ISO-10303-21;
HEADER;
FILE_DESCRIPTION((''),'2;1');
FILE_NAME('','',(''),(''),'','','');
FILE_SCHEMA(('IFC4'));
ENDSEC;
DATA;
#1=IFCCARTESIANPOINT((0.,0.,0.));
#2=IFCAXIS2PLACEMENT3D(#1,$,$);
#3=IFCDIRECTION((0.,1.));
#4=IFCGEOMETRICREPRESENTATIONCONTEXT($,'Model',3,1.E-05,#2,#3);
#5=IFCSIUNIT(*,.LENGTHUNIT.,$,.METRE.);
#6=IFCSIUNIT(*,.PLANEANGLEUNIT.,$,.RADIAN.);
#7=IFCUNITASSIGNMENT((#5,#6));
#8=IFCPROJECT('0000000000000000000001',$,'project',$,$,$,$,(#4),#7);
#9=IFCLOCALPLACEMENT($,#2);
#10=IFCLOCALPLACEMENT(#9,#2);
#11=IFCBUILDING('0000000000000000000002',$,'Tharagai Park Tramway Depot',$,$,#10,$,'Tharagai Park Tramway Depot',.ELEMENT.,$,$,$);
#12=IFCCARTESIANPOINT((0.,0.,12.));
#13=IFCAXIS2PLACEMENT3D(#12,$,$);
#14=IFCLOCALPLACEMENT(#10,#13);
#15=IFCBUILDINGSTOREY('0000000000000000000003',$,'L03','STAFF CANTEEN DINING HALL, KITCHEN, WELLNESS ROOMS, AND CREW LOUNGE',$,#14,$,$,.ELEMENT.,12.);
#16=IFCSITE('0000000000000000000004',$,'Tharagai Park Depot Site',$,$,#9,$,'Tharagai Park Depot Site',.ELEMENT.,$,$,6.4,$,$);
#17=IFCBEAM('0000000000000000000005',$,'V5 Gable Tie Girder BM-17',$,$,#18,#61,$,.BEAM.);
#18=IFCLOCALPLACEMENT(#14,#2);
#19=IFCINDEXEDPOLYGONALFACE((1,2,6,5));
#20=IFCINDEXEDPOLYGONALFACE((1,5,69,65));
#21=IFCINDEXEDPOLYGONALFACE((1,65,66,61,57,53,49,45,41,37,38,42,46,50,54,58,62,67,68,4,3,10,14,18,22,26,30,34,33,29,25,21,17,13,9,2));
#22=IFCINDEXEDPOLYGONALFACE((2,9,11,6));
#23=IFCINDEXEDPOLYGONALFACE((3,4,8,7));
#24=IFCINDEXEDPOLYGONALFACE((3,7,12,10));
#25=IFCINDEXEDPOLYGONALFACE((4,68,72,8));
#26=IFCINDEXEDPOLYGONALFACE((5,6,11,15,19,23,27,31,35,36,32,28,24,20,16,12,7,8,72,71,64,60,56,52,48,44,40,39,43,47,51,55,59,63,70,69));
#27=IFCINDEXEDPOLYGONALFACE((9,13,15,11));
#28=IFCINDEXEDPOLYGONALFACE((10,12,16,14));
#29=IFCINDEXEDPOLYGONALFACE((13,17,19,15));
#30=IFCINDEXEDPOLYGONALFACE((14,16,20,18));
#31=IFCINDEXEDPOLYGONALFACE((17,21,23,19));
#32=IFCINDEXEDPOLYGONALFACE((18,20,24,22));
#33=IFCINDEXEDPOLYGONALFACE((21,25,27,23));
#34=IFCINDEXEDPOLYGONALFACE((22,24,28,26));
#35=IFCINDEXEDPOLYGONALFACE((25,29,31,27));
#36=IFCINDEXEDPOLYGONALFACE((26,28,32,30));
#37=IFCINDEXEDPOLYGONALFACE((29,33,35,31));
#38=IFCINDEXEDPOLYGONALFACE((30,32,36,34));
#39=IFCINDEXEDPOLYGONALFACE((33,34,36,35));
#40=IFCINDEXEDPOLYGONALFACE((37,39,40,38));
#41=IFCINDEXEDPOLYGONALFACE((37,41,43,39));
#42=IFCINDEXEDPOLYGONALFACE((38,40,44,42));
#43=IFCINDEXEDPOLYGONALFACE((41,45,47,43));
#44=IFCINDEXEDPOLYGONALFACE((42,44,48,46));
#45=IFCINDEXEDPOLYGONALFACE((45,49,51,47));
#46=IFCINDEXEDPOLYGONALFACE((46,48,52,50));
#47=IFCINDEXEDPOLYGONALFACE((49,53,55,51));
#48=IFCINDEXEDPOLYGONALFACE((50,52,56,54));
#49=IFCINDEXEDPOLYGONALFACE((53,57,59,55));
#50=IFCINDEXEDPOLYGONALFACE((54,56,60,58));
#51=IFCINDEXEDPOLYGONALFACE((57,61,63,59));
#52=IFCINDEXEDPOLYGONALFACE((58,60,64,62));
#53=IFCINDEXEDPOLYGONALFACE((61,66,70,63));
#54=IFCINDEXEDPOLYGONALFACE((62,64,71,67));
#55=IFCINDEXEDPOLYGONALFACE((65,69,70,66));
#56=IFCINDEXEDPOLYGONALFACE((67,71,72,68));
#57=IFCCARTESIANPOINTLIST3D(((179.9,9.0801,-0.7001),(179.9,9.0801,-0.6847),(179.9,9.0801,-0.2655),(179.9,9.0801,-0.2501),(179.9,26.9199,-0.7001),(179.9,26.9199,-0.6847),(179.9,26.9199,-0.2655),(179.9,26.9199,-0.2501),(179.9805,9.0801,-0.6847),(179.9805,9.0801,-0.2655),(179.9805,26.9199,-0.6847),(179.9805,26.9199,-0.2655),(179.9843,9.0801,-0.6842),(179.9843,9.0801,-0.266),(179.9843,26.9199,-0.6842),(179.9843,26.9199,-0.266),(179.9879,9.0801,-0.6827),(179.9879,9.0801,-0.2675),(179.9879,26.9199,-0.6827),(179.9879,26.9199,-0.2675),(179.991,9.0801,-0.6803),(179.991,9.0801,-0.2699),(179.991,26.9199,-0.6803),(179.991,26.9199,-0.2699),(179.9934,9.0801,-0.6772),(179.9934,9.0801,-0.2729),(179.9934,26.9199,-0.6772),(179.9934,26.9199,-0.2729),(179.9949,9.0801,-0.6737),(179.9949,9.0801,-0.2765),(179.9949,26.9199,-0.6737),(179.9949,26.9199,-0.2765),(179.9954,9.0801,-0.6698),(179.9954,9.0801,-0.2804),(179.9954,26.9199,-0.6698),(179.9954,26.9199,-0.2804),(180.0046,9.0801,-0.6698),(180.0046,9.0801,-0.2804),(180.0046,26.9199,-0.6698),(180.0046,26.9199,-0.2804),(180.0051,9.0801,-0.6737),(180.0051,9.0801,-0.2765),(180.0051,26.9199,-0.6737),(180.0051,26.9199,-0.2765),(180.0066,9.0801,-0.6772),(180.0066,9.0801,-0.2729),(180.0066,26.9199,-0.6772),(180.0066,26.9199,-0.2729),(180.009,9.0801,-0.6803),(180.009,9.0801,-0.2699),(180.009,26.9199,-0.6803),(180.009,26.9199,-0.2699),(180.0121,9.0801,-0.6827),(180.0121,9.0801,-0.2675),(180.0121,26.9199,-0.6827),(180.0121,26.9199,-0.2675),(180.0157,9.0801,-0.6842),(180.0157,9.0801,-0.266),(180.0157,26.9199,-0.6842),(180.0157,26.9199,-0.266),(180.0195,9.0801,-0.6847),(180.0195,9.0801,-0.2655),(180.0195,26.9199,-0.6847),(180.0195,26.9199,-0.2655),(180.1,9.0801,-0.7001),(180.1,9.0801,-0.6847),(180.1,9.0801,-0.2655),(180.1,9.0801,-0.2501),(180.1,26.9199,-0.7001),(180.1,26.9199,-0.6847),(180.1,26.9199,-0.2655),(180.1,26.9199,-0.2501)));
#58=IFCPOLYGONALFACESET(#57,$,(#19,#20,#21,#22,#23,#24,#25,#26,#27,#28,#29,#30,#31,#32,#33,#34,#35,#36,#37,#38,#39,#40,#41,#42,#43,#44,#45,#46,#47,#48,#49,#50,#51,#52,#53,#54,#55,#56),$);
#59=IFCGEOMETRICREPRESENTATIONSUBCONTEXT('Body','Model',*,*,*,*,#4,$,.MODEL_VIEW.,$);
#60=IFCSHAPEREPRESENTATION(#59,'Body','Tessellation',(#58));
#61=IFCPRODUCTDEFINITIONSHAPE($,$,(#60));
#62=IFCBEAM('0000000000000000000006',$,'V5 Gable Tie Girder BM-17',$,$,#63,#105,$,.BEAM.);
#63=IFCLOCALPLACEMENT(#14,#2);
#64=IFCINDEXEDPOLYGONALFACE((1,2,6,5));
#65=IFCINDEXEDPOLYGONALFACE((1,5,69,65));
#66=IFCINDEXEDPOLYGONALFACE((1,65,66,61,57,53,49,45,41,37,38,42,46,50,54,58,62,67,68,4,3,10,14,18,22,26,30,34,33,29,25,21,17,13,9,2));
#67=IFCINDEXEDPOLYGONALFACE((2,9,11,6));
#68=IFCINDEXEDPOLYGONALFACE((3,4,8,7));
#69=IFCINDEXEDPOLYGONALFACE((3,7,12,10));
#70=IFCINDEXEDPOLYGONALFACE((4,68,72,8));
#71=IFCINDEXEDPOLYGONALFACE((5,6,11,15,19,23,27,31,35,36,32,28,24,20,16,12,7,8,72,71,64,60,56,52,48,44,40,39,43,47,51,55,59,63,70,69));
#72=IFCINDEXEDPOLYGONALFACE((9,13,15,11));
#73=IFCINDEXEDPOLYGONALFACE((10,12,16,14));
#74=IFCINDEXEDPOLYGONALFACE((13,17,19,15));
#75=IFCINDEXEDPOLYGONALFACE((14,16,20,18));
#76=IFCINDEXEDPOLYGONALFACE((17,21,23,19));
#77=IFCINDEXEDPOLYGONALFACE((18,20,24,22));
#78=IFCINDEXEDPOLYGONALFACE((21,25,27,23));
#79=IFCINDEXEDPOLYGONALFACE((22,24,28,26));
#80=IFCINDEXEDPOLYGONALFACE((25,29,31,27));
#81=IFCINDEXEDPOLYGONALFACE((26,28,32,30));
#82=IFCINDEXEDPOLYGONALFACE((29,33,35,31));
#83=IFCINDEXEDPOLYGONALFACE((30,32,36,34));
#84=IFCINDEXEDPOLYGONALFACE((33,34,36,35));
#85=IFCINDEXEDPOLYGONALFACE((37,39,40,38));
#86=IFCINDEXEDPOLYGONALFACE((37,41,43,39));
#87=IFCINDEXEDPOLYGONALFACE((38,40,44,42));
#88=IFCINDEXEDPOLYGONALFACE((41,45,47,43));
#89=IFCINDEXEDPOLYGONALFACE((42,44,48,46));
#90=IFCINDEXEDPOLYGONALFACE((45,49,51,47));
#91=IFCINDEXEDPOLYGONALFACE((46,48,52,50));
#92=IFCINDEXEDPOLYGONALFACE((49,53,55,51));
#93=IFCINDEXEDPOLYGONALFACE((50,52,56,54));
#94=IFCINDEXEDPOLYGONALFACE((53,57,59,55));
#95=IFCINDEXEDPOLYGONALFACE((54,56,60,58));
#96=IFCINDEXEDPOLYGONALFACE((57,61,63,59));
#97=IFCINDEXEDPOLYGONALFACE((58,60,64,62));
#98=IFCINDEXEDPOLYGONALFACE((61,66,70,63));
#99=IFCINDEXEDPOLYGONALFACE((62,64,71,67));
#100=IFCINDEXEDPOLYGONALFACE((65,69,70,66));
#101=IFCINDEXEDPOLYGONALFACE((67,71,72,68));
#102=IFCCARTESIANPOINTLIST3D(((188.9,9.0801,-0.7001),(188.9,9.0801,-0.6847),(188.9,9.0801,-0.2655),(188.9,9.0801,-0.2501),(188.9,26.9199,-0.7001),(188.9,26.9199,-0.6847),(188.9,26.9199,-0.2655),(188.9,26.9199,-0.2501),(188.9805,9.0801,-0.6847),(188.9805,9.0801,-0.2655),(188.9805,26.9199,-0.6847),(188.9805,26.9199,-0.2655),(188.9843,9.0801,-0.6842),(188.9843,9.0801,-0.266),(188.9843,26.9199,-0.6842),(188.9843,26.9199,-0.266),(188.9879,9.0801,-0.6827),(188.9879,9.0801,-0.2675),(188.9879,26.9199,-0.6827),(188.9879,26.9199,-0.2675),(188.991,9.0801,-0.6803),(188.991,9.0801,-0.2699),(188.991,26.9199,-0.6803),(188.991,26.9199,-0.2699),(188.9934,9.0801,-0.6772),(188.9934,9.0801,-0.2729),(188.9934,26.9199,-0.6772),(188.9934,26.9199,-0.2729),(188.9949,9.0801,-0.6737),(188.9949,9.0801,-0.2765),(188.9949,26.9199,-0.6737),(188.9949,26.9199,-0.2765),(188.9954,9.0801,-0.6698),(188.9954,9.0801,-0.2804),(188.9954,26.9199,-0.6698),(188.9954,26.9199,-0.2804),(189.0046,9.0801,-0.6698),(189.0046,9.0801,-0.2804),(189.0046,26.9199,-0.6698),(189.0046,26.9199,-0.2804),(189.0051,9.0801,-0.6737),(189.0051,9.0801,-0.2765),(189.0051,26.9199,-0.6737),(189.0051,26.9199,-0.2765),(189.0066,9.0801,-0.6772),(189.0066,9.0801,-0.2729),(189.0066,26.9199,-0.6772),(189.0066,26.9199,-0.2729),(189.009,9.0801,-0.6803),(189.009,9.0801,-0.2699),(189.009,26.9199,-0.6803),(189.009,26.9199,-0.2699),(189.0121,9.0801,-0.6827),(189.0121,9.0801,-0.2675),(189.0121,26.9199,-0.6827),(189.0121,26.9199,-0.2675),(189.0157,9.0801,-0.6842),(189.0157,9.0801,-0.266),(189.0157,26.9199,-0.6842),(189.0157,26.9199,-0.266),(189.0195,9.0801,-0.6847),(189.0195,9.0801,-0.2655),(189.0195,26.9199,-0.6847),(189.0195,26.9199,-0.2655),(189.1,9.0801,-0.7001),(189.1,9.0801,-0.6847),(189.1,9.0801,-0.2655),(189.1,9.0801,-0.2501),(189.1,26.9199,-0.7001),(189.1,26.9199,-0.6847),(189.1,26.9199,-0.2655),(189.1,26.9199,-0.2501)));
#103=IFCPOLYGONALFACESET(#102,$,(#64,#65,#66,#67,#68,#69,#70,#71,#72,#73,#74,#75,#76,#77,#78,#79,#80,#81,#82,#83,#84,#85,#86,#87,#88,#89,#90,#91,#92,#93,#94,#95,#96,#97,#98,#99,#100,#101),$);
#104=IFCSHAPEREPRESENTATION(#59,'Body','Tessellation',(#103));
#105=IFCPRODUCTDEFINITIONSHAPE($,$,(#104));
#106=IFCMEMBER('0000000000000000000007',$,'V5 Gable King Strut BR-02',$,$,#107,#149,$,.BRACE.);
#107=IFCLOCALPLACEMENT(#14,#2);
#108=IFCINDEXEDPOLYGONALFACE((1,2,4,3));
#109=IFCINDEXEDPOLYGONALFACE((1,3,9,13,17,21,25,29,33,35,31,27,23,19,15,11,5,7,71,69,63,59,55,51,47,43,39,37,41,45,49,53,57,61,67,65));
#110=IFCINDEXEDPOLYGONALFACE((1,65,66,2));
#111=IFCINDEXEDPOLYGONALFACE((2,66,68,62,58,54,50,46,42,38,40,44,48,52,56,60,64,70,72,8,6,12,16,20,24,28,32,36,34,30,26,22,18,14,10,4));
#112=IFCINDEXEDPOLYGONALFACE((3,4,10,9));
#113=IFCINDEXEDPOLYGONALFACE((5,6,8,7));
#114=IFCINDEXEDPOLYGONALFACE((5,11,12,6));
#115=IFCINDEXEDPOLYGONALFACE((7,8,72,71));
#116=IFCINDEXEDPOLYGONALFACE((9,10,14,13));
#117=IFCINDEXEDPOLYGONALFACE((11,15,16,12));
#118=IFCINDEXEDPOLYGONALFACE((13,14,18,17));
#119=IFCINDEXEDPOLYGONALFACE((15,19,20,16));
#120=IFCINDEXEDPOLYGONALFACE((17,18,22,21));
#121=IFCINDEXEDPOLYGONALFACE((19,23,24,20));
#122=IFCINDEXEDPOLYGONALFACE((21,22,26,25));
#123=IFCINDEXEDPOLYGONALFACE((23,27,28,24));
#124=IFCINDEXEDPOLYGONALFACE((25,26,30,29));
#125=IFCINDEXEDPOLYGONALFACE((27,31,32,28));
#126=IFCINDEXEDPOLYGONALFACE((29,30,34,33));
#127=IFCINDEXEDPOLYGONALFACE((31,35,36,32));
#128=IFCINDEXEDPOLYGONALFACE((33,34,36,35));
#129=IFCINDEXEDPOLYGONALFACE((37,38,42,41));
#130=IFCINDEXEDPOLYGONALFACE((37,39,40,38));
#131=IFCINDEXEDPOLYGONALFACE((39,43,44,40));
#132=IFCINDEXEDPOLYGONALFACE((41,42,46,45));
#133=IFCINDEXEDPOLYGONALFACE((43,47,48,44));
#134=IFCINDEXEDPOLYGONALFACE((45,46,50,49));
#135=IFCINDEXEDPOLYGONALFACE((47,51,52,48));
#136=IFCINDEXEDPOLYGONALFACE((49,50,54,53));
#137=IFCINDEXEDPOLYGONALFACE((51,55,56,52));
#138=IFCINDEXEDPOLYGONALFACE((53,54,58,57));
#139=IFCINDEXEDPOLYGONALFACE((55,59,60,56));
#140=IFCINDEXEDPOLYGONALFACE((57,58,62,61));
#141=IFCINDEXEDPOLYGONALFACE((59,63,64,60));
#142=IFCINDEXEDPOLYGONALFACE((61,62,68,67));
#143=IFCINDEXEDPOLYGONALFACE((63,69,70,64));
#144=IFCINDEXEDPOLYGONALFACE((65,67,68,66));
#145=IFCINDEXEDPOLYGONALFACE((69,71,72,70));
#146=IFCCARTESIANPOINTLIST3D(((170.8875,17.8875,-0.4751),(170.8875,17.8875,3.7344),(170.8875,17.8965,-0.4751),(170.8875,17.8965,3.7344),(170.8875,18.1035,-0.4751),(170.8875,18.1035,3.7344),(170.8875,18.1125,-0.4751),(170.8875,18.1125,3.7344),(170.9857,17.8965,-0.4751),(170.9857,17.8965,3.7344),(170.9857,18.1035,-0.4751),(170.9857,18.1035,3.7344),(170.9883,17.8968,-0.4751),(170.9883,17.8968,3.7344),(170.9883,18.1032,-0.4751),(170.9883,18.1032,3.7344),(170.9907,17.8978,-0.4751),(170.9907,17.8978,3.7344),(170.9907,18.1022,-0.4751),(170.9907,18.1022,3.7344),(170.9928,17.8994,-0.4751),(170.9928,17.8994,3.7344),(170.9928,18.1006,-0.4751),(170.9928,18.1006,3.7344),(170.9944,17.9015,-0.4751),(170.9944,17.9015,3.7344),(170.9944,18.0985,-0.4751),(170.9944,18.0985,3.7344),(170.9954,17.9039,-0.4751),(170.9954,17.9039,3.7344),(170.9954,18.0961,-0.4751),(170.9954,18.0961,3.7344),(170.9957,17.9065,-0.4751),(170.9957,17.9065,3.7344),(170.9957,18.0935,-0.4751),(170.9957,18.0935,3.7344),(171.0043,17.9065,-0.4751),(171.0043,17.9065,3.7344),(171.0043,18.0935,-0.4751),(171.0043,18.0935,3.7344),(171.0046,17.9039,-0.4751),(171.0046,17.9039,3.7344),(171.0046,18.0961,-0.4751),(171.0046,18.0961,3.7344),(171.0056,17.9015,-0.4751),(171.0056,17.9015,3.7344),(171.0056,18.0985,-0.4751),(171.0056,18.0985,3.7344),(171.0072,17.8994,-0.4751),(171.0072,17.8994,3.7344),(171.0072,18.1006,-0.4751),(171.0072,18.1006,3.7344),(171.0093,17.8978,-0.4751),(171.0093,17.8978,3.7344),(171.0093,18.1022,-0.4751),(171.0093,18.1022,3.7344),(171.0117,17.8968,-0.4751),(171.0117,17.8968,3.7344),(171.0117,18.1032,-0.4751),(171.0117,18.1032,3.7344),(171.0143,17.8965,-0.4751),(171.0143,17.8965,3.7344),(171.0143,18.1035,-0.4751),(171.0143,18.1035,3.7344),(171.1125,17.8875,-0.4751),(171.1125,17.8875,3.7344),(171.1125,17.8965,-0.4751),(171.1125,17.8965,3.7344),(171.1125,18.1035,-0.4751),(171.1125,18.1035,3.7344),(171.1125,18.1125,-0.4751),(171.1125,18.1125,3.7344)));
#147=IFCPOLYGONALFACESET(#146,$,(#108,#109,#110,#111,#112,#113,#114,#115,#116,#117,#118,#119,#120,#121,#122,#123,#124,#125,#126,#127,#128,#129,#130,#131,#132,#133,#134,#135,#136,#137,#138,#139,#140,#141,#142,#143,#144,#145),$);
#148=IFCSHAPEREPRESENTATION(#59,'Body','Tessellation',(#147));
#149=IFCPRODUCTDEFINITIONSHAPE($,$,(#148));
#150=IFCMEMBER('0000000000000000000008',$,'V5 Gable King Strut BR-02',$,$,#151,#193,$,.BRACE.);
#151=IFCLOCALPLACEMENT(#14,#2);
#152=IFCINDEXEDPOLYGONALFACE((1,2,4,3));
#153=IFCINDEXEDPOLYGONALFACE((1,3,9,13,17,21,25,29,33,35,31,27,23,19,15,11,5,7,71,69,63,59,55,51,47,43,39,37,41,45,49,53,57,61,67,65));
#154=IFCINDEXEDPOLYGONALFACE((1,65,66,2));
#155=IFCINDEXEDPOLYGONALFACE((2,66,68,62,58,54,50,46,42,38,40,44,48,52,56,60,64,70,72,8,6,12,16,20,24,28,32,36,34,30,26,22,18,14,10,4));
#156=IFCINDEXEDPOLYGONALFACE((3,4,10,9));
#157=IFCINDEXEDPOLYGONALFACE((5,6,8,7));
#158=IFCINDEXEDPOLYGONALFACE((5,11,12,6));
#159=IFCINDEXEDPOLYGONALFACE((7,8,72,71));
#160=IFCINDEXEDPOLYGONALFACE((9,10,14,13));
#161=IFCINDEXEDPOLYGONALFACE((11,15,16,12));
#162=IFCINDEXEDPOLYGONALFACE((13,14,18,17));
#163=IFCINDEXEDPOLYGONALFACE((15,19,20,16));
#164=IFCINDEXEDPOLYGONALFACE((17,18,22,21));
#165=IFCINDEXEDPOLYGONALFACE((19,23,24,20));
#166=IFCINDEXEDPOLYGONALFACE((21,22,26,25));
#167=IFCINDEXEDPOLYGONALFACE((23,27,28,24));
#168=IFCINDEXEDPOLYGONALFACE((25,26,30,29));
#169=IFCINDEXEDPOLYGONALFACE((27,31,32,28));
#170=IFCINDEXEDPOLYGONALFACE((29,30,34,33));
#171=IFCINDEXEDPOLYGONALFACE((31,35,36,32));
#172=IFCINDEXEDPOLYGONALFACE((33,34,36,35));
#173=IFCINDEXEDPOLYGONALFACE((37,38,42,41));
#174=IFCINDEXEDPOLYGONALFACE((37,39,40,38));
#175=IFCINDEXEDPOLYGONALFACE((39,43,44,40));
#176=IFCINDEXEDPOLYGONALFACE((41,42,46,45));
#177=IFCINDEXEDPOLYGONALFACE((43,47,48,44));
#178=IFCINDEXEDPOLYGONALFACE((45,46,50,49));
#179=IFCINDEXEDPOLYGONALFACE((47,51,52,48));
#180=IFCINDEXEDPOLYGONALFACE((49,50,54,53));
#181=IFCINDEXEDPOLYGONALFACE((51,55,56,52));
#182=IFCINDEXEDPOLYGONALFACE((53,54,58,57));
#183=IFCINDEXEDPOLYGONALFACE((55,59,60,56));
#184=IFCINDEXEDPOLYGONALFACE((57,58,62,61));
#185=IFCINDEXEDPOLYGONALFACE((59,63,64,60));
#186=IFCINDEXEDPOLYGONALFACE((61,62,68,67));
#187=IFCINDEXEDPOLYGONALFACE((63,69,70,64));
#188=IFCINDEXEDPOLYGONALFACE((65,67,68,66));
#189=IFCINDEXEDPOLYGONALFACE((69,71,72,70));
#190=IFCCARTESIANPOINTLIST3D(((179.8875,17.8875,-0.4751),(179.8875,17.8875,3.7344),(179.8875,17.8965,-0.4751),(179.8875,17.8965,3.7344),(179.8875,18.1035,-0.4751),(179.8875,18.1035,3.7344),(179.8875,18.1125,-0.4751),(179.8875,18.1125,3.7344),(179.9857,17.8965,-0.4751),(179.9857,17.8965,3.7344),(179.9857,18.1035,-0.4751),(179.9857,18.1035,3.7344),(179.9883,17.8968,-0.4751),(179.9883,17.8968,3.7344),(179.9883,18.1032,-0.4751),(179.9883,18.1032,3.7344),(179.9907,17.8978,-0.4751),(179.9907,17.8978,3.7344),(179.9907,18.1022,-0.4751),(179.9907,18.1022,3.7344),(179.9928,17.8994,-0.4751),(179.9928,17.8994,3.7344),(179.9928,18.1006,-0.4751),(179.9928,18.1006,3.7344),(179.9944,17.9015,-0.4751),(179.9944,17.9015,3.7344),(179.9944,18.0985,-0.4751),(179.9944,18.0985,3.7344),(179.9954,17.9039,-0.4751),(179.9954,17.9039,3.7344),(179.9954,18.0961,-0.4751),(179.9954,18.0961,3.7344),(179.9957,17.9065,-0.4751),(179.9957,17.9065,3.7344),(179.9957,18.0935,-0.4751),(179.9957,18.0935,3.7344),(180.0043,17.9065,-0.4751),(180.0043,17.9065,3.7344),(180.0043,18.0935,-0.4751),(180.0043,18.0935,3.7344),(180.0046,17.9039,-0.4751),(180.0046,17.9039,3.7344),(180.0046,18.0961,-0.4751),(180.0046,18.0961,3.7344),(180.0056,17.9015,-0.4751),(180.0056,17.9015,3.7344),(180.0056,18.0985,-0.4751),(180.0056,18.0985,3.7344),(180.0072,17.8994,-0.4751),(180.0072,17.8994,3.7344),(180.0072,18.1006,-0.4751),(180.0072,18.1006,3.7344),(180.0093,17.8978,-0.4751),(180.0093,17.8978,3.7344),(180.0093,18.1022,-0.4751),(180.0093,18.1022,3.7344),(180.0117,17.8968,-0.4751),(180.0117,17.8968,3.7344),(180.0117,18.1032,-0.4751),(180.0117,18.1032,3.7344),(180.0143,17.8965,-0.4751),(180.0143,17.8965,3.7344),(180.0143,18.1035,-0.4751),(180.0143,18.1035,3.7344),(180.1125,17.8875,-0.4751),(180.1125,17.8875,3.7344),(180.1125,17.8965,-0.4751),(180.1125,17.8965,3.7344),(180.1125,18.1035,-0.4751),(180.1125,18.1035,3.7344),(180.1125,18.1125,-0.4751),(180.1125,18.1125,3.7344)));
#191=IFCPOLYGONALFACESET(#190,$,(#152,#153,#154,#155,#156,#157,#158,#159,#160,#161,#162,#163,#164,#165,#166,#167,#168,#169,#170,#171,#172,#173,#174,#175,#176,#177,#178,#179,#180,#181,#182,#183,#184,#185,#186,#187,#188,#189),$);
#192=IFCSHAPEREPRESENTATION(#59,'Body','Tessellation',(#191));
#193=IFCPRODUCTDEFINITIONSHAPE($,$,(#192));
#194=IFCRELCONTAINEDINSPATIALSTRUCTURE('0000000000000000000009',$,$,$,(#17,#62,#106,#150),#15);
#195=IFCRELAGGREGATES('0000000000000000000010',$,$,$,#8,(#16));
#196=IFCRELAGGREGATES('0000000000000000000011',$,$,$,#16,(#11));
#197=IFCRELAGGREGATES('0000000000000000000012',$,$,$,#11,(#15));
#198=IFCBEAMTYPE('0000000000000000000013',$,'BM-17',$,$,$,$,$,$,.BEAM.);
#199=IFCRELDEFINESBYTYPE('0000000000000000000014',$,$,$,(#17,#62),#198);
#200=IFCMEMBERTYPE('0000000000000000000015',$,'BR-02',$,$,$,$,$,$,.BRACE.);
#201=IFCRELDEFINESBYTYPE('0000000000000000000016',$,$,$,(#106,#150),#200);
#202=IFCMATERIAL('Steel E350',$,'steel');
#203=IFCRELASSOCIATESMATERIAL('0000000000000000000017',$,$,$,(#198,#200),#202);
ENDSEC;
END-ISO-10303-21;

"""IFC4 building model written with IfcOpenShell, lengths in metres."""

from ifc_helpers import new_model, si_unit, direction, frame, origin, origin_2d, place, context, subcontext, project, spatial, i_section, extrude, material, material_profile, profile_set, type_object, element, save


model = new_model("IFC4")

# Units and contexts
model_context = context("Model", 3, precision=1e-05, world=origin(), true_north=direction((0.0, 1.0)))
body_context = subcontext(model_context, "Body", "Model", "MODEL_VIEW")
ifc_project = project(units=[si_unit("LENGTHUNIT", "METRE"), si_unit("PLANEANGLEUNIT", "RADIAN")], contexts=[model_context])

# Site, building, storey
site_placement = place(None, origin())
site = spatial("IfcSite", under=ifc_project, at=site_placement, Name="Tharagai Park Depot Site", LongName="Tharagai Park Depot Site", CompositionType="ELEMENT", RefElevation=6.4)
building_placement = place(site_placement, origin())
building = spatial("IfcBuilding", under=site, at=building_placement, Name="Tharagai Park Tramway Depot", LongName="Tharagai Park Tramway Depot", CompositionType="ELEMENT")
storey_placement = place(building_placement, frame((0.0, 0.0, 12.0)))
storey = spatial("IfcBuildingStorey", under=building, at=storey_placement, Name="L03", Description="STAFF CANTEEN DINING HALL, KITCHEN, WELLNESS ROOMS, AND CREW LOUNGE", CompositionType="ELEMENT", Elevation=12.0)

# Beams
ifc_material_1 = material(Name="Steel E350", Category="steel")
ifc_material_profile_1 = material_profile(ifc_material_1, i_section(OverallWidth=0.2, OverallDepth=0.45, WebThickness=0.0093, FlangeThickness=0.0154, FilletRadius=0.0149, at=origin_2d()), Name="ISWB 450")
ifc_profile_set_1 = profile_set([ifc_material_profile_1], Name="Steel E350")
beam_type = type_object("IfcBeamType", Name="BM-17", PredefinedType="BEAM", material=ifc_profile_set_1)
for number, where, z_axis, x_axis, name in (
    (1, (180.0, 9.0801, -0.4751), (0.0, 1.0, 0.0), (-1.0, 0.0, 0.0), "V5 Gable Tie Girder BM-17"),
    (2, (189.0, 9.0801, -0.4751), (0.0, 1.0, 0.0), (-1.0, 0.0, 0.0), "V5 Gable Tie Girder BM-17"),
):
    element("IfcBeam", number, at=place(storey_placement, frame(where, z_axis=z_axis, x_axis=x_axis)), inside=storey, type_object=beam_type, Name=name, PredefinedType="BEAM", context=body_context, shape_type="SweptSolid", body=[
        extrude(i_section(OverallWidth=0.2, OverallDepth=0.45, WebThickness=0.0093, FlangeThickness=0.0154, FilletRadius=0.0149, at=origin_2d()), origin(), (0.0, 0.0, 1.0), 17.8398),
    ])

# Members
ifc_material_profile_2 = material_profile(ifc_material_1, i_section(OverallWidth=0.2251, OverallDepth=0.2251, WebThickness=0.0085, FlangeThickness=0.009, FilletRadius=0.01, at=origin_2d()), Name="ISHB 225")
ifc_profile_set_2 = profile_set([ifc_material_profile_2], Name="Steel E350")
member_type_1 = type_object("IfcMemberType", Name="BR-02", PredefinedType="BRACE", material=ifc_profile_set_2)
for number, where, z_axis, x_axis, name in (
    (3, (171.0, 18.0, -0.4751), (0.0, 0.0, 1.0), (1.0, 0.0, 0.0), "V5 Gable King Strut BR-02"),
    (4, (180.0, 18.0, -0.4751), (0.0, 0.0, 1.0), (1.0, 0.0, 0.0), "V5 Gable King Strut BR-02"),
):
    element("IfcMember", number, at=place(storey_placement, frame(where, z_axis=z_axis, x_axis=x_axis)), inside=storey, type_object=member_type_1, Name=name, PredefinedType="BRACE", context=body_context, shape_type="SweptSolid", body=[
        extrude(i_section(OverallWidth=0.2251, OverallDepth=0.2251, WebThickness=0.0085, FlangeThickness=0.009, FilletRadius=0.01, at=origin_2d()), origin(), (0.0, 0.0, 1.0), 4.2095),
    ])

save(model, "model.ifc")
